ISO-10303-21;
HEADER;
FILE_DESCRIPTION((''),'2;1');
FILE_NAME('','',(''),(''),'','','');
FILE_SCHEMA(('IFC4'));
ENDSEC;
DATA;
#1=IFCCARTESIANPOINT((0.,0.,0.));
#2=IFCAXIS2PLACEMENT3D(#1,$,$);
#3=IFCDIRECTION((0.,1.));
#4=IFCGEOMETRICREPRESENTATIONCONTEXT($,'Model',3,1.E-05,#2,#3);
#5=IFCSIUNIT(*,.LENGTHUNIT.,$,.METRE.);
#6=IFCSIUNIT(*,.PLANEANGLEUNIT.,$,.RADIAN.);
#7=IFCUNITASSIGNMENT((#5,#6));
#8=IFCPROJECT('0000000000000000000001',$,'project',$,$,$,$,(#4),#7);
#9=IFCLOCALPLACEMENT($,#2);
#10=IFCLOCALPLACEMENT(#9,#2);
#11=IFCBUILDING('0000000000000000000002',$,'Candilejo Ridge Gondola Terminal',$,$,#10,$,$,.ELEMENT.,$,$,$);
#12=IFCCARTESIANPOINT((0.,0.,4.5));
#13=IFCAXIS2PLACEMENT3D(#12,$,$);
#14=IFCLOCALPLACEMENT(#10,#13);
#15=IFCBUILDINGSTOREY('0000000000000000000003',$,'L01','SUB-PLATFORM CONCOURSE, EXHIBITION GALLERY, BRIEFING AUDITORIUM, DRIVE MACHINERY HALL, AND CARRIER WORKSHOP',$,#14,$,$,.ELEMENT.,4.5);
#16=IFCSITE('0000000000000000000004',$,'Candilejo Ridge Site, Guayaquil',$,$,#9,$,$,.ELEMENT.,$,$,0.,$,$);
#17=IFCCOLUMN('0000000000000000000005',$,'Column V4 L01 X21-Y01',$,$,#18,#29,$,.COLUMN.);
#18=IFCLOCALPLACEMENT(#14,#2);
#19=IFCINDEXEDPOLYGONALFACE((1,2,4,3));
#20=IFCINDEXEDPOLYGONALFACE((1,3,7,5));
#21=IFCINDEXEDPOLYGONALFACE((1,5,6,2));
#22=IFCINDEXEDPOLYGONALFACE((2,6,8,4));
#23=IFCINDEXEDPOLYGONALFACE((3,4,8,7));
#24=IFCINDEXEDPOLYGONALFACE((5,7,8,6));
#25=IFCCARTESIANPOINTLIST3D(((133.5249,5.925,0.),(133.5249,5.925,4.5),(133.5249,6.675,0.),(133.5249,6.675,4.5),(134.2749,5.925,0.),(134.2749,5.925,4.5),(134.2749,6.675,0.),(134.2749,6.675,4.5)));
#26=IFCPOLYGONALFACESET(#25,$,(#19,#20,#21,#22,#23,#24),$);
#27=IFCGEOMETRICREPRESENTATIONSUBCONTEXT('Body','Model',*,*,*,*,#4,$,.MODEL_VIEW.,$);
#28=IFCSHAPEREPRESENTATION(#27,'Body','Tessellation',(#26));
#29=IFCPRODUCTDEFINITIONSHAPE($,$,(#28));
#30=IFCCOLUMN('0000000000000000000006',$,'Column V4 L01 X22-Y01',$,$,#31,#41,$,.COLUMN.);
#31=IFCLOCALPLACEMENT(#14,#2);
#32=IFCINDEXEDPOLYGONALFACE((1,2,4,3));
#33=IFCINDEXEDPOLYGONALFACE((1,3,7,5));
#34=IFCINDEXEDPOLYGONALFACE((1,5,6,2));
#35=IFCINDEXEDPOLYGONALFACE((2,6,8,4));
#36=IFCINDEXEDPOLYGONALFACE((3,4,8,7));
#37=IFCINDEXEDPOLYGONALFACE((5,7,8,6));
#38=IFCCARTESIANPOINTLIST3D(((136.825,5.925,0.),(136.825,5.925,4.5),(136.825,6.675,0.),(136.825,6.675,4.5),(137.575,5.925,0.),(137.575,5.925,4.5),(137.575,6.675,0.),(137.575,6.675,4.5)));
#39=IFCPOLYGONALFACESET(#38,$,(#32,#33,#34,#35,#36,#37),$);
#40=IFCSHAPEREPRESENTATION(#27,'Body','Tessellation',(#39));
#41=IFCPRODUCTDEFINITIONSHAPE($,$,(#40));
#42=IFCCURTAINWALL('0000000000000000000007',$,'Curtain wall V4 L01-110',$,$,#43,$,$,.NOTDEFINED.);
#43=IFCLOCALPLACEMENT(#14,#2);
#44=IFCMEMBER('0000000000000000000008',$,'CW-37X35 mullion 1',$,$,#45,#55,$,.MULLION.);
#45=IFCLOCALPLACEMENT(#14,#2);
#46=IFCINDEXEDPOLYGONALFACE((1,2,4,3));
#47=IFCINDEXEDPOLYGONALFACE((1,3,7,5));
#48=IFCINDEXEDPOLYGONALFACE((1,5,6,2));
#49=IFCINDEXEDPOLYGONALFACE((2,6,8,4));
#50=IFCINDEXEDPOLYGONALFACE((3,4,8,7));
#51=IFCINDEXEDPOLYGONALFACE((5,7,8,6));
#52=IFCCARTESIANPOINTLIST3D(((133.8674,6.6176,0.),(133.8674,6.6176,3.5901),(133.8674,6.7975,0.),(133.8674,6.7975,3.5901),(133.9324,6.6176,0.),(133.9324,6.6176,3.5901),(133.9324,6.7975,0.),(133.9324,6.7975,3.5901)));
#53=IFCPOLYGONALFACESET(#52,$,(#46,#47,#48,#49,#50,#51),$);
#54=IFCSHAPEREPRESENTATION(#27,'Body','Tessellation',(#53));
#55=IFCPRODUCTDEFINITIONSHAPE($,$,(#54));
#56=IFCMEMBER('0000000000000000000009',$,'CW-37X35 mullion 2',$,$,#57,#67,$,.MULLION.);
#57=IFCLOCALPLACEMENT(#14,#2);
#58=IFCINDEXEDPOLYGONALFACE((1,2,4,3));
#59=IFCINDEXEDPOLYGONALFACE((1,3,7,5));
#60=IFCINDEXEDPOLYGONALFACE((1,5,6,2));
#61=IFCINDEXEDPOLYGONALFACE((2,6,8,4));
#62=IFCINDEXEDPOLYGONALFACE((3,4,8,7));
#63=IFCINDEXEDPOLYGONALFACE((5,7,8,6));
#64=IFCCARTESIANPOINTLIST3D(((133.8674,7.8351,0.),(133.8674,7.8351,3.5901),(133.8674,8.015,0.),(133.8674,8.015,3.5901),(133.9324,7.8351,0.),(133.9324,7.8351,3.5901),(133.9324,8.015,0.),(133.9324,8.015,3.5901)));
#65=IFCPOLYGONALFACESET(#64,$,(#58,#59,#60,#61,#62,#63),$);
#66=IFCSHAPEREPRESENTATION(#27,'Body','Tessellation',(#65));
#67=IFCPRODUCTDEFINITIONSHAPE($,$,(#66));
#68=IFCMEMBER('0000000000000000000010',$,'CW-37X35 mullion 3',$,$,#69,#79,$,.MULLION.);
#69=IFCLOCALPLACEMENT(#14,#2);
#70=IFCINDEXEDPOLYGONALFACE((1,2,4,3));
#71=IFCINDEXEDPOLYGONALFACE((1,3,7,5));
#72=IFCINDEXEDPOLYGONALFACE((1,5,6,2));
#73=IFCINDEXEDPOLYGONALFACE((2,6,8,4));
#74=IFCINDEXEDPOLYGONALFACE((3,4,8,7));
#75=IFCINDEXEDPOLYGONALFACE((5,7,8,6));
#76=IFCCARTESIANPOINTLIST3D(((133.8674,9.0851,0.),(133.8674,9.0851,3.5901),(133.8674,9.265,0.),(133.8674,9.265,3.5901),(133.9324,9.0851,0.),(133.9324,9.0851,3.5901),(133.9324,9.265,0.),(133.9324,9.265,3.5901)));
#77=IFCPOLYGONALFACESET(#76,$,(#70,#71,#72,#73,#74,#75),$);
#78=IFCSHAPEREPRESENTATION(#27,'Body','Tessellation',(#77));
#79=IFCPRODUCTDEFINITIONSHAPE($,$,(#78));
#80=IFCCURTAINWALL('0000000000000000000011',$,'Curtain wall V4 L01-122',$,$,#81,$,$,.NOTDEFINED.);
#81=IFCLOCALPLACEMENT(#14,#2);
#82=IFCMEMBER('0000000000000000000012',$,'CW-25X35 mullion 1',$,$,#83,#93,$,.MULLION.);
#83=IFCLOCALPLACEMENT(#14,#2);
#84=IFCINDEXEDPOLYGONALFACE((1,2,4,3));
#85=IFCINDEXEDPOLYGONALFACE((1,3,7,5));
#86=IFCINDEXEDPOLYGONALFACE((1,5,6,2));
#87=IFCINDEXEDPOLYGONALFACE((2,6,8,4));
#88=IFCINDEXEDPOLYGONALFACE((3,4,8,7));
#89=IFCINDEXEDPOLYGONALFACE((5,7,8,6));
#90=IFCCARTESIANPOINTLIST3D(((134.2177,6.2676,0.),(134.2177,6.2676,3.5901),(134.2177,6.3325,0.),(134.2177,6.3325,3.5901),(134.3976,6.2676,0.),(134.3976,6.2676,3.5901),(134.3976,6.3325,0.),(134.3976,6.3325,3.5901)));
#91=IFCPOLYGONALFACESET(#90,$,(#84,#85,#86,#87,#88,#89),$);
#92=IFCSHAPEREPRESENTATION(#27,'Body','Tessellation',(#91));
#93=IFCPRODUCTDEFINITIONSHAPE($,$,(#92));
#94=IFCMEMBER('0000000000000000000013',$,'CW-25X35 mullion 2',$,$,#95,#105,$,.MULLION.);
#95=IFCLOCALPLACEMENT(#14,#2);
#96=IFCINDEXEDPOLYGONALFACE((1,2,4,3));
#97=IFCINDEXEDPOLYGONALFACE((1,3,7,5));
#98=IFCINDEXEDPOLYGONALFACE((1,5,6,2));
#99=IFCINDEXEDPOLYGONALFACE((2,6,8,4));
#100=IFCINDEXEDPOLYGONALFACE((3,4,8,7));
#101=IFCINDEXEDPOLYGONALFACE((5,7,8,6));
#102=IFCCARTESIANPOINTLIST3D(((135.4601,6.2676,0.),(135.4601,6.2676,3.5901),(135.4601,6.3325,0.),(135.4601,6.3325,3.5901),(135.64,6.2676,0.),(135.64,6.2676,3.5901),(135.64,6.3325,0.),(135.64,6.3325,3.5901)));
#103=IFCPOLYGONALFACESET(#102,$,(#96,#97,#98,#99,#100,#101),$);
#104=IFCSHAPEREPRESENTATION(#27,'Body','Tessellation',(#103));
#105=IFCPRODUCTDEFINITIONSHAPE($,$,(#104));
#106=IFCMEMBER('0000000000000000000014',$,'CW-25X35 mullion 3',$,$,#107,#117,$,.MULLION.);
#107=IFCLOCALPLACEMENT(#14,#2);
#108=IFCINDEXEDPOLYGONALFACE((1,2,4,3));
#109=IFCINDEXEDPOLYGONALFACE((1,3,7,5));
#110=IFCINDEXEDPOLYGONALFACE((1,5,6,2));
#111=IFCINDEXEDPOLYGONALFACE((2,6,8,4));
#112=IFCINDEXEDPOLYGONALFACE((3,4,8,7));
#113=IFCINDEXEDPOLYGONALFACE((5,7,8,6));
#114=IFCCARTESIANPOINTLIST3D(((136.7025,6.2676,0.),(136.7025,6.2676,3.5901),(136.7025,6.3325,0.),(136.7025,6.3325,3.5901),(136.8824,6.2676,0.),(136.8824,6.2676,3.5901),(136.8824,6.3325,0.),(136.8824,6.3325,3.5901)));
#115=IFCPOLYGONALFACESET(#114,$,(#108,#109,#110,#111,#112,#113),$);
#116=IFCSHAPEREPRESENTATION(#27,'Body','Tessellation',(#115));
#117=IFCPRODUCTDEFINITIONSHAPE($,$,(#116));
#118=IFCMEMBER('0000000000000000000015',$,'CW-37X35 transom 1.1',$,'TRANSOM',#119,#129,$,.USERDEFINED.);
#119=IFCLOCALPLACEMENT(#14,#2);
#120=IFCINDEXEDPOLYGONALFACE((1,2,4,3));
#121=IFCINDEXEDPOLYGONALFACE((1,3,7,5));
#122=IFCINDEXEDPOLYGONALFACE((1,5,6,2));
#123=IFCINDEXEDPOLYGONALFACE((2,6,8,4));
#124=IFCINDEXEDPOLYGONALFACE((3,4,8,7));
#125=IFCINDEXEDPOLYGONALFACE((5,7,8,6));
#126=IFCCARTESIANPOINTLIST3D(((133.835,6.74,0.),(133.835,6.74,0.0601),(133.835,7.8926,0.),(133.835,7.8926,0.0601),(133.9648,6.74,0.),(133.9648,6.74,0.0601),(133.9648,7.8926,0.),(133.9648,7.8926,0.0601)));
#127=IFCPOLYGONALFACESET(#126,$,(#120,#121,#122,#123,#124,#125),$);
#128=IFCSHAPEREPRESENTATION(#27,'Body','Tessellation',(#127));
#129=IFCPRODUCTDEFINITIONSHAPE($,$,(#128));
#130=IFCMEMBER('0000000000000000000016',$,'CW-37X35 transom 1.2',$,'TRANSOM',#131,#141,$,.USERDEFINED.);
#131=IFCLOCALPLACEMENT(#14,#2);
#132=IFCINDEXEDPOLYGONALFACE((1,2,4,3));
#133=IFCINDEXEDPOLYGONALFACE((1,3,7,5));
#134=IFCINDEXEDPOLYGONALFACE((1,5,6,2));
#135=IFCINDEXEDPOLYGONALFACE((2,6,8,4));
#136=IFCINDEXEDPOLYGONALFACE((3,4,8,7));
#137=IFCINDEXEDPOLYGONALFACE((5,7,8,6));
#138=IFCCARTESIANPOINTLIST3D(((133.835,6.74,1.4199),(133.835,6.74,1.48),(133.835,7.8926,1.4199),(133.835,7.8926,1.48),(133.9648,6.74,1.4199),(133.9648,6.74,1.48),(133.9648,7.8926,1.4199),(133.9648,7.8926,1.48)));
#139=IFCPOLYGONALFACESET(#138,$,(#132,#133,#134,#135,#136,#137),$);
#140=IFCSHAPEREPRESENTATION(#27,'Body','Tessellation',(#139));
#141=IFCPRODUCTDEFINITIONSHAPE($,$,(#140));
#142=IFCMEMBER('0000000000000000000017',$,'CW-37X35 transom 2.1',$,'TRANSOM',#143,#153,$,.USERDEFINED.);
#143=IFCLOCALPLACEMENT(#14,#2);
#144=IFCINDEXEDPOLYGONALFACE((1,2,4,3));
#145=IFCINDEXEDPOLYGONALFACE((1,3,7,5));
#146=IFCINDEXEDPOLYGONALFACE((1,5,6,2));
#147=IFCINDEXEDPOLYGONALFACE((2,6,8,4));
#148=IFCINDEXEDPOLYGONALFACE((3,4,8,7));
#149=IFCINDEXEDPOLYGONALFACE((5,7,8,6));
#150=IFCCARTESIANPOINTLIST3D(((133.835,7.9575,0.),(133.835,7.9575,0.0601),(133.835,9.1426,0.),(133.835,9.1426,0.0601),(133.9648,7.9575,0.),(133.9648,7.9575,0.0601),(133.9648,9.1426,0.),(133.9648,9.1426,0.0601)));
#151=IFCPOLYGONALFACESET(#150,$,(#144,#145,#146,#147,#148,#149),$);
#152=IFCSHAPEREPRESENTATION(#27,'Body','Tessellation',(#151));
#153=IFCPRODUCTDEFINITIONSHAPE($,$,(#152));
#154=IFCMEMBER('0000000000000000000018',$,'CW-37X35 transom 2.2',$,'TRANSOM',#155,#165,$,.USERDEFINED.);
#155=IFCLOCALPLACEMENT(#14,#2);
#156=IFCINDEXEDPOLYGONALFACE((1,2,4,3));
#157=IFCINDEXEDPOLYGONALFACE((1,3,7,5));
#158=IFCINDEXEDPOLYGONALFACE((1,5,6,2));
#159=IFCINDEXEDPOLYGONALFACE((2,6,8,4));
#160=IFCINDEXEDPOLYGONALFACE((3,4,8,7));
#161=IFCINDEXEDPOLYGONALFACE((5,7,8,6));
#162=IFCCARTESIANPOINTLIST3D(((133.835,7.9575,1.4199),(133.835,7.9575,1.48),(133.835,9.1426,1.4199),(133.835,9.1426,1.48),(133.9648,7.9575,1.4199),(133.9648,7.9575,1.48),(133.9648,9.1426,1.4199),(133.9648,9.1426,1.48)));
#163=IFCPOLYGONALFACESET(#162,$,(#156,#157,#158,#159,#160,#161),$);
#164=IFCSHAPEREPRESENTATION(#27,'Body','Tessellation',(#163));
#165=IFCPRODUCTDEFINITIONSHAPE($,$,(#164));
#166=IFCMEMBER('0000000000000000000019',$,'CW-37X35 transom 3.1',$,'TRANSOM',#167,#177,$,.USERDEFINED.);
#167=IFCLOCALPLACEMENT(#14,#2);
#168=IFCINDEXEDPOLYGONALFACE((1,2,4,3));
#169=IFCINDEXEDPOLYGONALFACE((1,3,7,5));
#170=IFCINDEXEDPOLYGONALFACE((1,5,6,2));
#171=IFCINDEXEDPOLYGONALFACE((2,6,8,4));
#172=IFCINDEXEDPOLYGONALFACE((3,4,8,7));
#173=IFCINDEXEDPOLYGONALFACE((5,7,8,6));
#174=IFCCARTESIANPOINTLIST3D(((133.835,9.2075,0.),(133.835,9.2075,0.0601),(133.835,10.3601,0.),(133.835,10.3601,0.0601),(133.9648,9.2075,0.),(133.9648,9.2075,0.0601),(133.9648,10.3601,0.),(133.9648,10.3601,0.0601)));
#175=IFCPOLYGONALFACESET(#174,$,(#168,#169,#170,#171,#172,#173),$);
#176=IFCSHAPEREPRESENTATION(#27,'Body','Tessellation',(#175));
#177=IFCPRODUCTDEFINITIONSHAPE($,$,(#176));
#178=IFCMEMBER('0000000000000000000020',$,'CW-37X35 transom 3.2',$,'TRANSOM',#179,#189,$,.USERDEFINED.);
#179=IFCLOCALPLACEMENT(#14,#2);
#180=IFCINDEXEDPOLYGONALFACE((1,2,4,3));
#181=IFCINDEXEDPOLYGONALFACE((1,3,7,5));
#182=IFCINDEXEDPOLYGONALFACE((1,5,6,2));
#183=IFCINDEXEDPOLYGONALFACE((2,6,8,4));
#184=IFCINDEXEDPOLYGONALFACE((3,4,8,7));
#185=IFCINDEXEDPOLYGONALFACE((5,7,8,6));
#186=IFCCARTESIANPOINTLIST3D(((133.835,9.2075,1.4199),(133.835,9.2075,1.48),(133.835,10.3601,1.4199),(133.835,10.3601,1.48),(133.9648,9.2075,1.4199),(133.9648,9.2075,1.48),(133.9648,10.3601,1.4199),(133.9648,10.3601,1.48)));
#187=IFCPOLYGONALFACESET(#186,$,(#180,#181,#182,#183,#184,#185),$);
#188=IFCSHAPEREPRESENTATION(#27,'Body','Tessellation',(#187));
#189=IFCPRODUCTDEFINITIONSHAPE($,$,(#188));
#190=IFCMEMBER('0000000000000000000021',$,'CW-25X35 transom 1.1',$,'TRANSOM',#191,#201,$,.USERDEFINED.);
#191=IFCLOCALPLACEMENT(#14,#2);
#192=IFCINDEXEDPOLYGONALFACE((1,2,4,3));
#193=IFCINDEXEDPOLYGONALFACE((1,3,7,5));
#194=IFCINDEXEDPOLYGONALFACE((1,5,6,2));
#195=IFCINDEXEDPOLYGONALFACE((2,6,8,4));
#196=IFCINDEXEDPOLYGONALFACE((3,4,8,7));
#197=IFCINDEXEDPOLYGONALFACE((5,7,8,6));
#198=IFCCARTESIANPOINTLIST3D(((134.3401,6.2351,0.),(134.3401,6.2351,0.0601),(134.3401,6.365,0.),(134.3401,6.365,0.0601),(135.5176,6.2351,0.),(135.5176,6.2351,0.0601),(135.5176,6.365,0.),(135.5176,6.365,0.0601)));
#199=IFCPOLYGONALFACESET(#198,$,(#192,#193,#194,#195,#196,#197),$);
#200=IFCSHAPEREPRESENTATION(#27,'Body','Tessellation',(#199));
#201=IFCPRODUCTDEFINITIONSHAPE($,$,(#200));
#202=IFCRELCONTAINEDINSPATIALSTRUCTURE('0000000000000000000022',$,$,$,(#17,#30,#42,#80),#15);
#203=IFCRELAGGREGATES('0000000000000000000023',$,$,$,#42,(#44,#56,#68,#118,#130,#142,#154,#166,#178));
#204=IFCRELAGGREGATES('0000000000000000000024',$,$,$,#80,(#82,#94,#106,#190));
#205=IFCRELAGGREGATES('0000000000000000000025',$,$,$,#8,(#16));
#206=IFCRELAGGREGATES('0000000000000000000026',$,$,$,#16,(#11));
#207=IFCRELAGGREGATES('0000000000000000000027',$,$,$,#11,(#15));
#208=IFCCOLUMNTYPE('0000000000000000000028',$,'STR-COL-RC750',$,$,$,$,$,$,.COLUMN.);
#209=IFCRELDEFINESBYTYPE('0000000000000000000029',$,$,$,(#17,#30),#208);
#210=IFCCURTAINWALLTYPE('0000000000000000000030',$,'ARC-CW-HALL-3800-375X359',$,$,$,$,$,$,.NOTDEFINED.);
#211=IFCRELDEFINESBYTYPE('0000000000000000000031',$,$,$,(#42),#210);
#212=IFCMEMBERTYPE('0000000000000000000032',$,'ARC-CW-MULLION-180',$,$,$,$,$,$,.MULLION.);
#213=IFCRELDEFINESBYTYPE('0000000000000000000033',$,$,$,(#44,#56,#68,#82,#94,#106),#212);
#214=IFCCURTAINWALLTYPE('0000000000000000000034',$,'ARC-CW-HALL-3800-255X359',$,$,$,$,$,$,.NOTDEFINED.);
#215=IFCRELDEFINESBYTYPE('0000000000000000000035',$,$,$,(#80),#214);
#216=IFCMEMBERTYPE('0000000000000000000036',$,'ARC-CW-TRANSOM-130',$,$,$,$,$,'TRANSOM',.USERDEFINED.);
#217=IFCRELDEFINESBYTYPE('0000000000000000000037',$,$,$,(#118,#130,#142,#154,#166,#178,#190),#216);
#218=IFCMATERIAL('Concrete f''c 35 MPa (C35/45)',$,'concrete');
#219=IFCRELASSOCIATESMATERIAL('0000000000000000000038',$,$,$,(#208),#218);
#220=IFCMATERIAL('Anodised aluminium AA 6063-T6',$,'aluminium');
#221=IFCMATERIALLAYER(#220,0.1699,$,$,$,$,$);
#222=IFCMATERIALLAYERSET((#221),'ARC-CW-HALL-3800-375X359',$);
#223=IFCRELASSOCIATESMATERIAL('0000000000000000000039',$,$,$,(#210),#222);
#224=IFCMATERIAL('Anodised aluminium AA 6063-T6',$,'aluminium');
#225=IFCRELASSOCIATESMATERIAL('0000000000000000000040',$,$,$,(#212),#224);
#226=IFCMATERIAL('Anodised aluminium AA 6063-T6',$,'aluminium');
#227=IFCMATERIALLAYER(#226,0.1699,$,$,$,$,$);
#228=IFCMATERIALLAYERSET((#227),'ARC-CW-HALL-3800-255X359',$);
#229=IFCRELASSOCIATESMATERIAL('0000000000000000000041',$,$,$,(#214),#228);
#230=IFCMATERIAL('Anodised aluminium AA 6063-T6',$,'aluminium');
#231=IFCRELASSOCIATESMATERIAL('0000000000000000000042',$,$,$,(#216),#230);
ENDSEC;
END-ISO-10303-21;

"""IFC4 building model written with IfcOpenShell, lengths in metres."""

from ifc_helpers import new_model, si_unit, direction, frame, origin, origin_2d, place, context, subcontext, project, spatial, rectangle, extrude, material, layer, layer_set, material_profile, profile_set, type_object, element, aggregate, save


model = new_model("IFC4")

# Units and contexts
model_context = context("Model", 3, precision=1e-05, world=origin(), true_north=direction((0.0, 1.0)))
body_context = subcontext(model_context, "Body", "Model", "MODEL_VIEW")
ifc_project = project(units=[si_unit("LENGTHUNIT", "METRE"), si_unit("PLANEANGLEUNIT", "RADIAN")], contexts=[model_context])

# Site, building, storey
site_placement = place(None, origin())
site = spatial("IfcSite", under=ifc_project, at=site_placement, Name="Candilejo Ridge Site, Guayaquil", CompositionType="ELEMENT", RefElevation=0.0)
building_placement = place(site_placement, origin())
building = spatial("IfcBuilding", under=site, at=building_placement, Name="Candilejo Ridge Gondola Terminal", CompositionType="ELEMENT")
storey_placement = place(building_placement, frame((0.0, 0.0, 4.5)))
storey = spatial("IfcBuildingStorey", under=building, at=storey_placement, Name="L01", Description="SUB-PLATFORM CONCOURSE, EXHIBITION GALLERY, BRIEFING AUDITORIUM, DRIVE MACHINERY HALL, AND CARRIER WORKSHOP", CompositionType="ELEMENT", Elevation=4.5)

# Columns
ifc_material_1 = material(Name="Concrete f'c 35 MPa (C35/45)", Category="concrete")
ifc_material_profile_1 = material_profile(ifc_material_1, rectangle(XDim=0.75, YDim=0.75, at=origin_2d()))
ifc_profile_set_1 = profile_set([ifc_material_profile_1], Name="Concrete f'c 35 MPa (C35/45)")
column_type = type_object("IfcColumnType", Name="STR-COL-RC750", PredefinedType="COLUMN", material=ifc_profile_set_1)
for number, where, z_axis, x_axis, name in (
    (1, (133.8999, 6.3, 0.0), (0.0, 0.0, 1.0), (1.0, 0.0, 0.0), "Column V4 L01 X21-Y01"),
    (2, (137.2, 6.3, 0.0), (0.0, 0.0, 1.0), (1.0, 0.0, 0.0), "Column V4 L01 X22-Y01"),
):
    element("IfcColumn", number, at=place(storey_placement, frame(where, z_axis=z_axis, x_axis=x_axis)), inside=storey, type_object=column_type, Name=name, PredefinedType="COLUMN", context=body_context, shape_type="SweptSolid", body=[
        extrude(rectangle(XDim=0.75, YDim=0.75, at=origin_2d()), origin(), (0.0, 0.0, 1.0), 4.5),
    ])

# Curtain walls, members
ifc_material_2 = material(Name="Anodised aluminium AA 6063-T6", Category="aluminium")
ifc_layer_1 = layer(ifc_material_2, 0.1699)
ifc_layer_set_1 = layer_set([ifc_layer_1], Name="ARC-CW-HALL-3800-375X359")
curtain_wall_type_1 = type_object("IfcCurtainWallType", Name="ARC-CW-HALL-3800-375X359", PredefinedType="NOTDEFINED", material=ifc_layer_set_1)
curtain_wall_1_placement = place(storey_placement, origin())
curtain_wall_1 = element("IfcCurtainWall", 3, at=curtain_wall_1_placement, inside=storey, type_object=curtain_wall_type_1, Name="Curtain wall V4 L01-110", PredefinedType="NOTDEFINED")
ifc_material_3 = material(Name="Anodised aluminium AA 6063-T6", Category="aluminium")
ifc_material_profile_2 = material_profile(ifc_material_3, rectangle(XDim=0.0649, YDim=0.1799, at=origin_2d()))
ifc_profile_set_2 = profile_set([ifc_material_profile_2], Name="Anodised aluminium AA 6063-T6")
member_type_1 = type_object("IfcMemberType", Name="ARC-CW-MULLION-180", PredefinedType="MULLION", material=ifc_profile_set_2)
member_1_placement = place(storey_placement, frame((133.8999, 6.7075, 0.0), z_axis=(0.0, 0.0, 1.0), x_axis=(-1.0, 0.0, 0.0)))
member_1 = element("IfcMember", 4, at=member_1_placement, type_object=member_type_1, Name="CW-37X35 mullion 1", PredefinedType="MULLION", context=body_context, shape_type="SweptSolid", body=[
    extrude(rectangle(XDim=0.0649, YDim=0.1799, at=origin_2d()), origin(), (0.0, 0.0, 1.0), 3.5901),
])
member_2_placement = place(storey_placement, frame((133.8999, 7.925, 0.0), z_axis=(0.0, 0.0, 1.0), x_axis=(-1.0, 0.0, 0.0)))
member_2 = element("IfcMember", 5, at=member_2_placement, type_object=member_type_1, Name="CW-37X35 mullion 2", PredefinedType="MULLION", context=body_context, shape_type="SweptSolid", body=[
    extrude(rectangle(XDim=0.0649, YDim=0.1799, at=origin_2d()), origin(), (0.0, 0.0, 1.0), 3.5901),
])
member_3_placement = place(storey_placement, frame((133.8999, 9.175, 0.0), z_axis=(0.0, 0.0, 1.0), x_axis=(-1.0, 0.0, 0.0)))
member_3 = element("IfcMember", 6, at=member_3_placement, type_object=member_type_1, Name="CW-37X35 mullion 3", PredefinedType="MULLION", context=body_context, shape_type="SweptSolid", body=[
    extrude(rectangle(XDim=0.0649, YDim=0.1799, at=origin_2d()), origin(), (0.0, 0.0, 1.0), 3.5901),
])
ifc_material_4 = material(Name="Anodised aluminium AA 6063-T6", Category="aluminium")
ifc_layer_2 = layer(ifc_material_4, 0.1699)
ifc_layer_set_2 = layer_set([ifc_layer_2], Name="ARC-CW-HALL-3800-255X359")
curtain_wall_type_2 = type_object("IfcCurtainWallType", Name="ARC-CW-HALL-3800-255X359", PredefinedType="NOTDEFINED", material=ifc_layer_set_2)
curtain_wall_2_placement = place(storey_placement, origin())
curtain_wall_2 = element("IfcCurtainWall", 7, at=curtain_wall_2_placement, inside=storey, type_object=curtain_wall_type_2, Name="Curtain wall V4 L01-122", PredefinedType="NOTDEFINED")
member_4_placement = place(storey_placement, frame((134.3076, 6.3, 0.0), z_axis=(0.0, 0.0, 1.0), x_axis=(0.0, 1.0, 0.0)))
member_4 = element("IfcMember", 8, at=member_4_placement, type_object=member_type_1, Name="CW-25X35 mullion 1", PredefinedType="MULLION", context=body_context, shape_type="SweptSolid", body=[
    extrude(rectangle(XDim=0.0649, YDim=0.1799, at=origin_2d()), origin(), (0.0, 0.0, 1.0), 3.5901),
])
member_5_placement = place(storey_placement, frame((135.55, 6.3, 0.0), z_axis=(0.0, 0.0, 1.0), x_axis=(0.0, 1.0, 0.0)))
member_5 = element("IfcMember", 9, at=member_5_placement, type_object=member_type_1, Name="CW-25X35 mullion 2", PredefinedType="MULLION", context=body_context, shape_type="SweptSolid", body=[
    extrude(rectangle(XDim=0.0649, YDim=0.1799, at=origin_2d()), origin(), (0.0, 0.0, 1.0), 3.5901),
])
member_6_placement = place(storey_placement, frame((136.7925, 6.3, 0.0), z_axis=(0.0, 0.0, 1.0), x_axis=(0.0, 1.0, 0.0)))
member_6 = element("IfcMember", 10, at=member_6_placement, type_object=member_type_1, Name="CW-25X35 mullion 3", PredefinedType="MULLION", context=body_context, shape_type="SweptSolid", body=[
    extrude(rectangle(XDim=0.0649, YDim=0.1799, at=origin_2d()), origin(), (0.0, 0.0, 1.0), 3.5901),
])

# Members
ifc_material_5 = material(Name="Anodised aluminium AA 6063-T6", Category="aluminium")
ifc_material_profile_3 = material_profile(ifc_material_5, rectangle(XDim=0.1299, YDim=0.0601, at=origin_2d()))
ifc_profile_set_3 = profile_set([ifc_material_profile_3], Name="Anodised aluminium AA 6063-T6")
member_type_2 = type_object("IfcMemberType", Name="ARC-CW-TRANSOM-130", ElementType="TRANSOM", PredefinedType="USERDEFINED", material=ifc_profile_set_3)
member_7_placement = place(storey_placement, frame((133.8999, 6.74, 0.03), z_axis=(0.0, 1.0, 0.0), x_axis=(-1.0, 0.0, 0.0)))
member_7 = element("IfcMember", 11, at=member_7_placement, type_object=member_type_2, Name="CW-37X35 transom 1.1", ObjectType="TRANSOM", PredefinedType="USERDEFINED", context=body_context, shape_type="SweptSolid", body=[
    extrude(rectangle(XDim=0.1299, YDim=0.0601, at=origin_2d()), origin(), (0.0, 0.0, 1.0), 1.1526),
])
member_8_placement = place(storey_placement, frame((133.8999, 6.74, 1.45), z_axis=(0.0, 1.0, 0.0), x_axis=(-1.0, 0.0, 0.0)))
member_8 = element("IfcMember", 12, at=member_8_placement, type_object=member_type_2, Name="CW-37X35 transom 1.2", ObjectType="TRANSOM", PredefinedType="USERDEFINED", context=body_context, shape_type="SweptSolid", body=[
    extrude(rectangle(XDim=0.1299, YDim=0.0601, at=origin_2d()), origin(), (0.0, 0.0, 1.0), 1.1526),
])
member_9_placement = place(storey_placement, frame((133.8999, 7.9575, 0.03), z_axis=(0.0, 1.0, 0.0), x_axis=(-1.0, 0.0, 0.0)))
member_9 = element("IfcMember", 13, at=member_9_placement, type_object=member_type_2, Name="CW-37X35 transom 2.1", ObjectType="TRANSOM", PredefinedType="USERDEFINED", context=body_context, shape_type="SweptSolid", body=[
    extrude(rectangle(XDim=0.1299, YDim=0.0601, at=origin_2d()), origin(), (0.0, 0.0, 1.0), 1.1851),
])
member_10_placement = place(storey_placement, frame((133.8999, 7.9575, 1.45), z_axis=(0.0, 1.0, 0.0), x_axis=(-1.0, 0.0, 0.0)))
member_10 = element("IfcMember", 14, at=member_10_placement, type_object=member_type_2, Name="CW-37X35 transom 2.2", ObjectType="TRANSOM", PredefinedType="USERDEFINED", context=body_context, shape_type="SweptSolid", body=[
    extrude(rectangle(XDim=0.1299, YDim=0.0601, at=origin_2d()), origin(), (0.0, 0.0, 1.0), 1.1851),
])
member_11_placement = place(storey_placement, frame((133.8999, 9.2075, 0.03), z_axis=(0.0, 1.0, 0.0), x_axis=(-1.0, 0.0, 0.0)))
member_11 = element("IfcMember", 15, at=member_11_placement, type_object=member_type_2, Name="CW-37X35 transom 3.1", ObjectType="TRANSOM", PredefinedType="USERDEFINED", context=body_context, shape_type="SweptSolid", body=[
    extrude(rectangle(XDim=0.1299, YDim=0.0601, at=origin_2d()), origin(), (0.0, 0.0, 1.0), 1.1526),
])
member_12_placement = place(storey_placement, frame((133.8999, 9.2075, 1.45), z_axis=(0.0, 1.0, 0.0), x_axis=(-1.0, 0.0, 0.0)))
member_12 = element("IfcMember", 16, at=member_12_placement, type_object=member_type_2, Name="CW-37X35 transom 3.2", ObjectType="TRANSOM", PredefinedType="USERDEFINED", context=body_context, shape_type="SweptSolid", body=[
    extrude(rectangle(XDim=0.1299, YDim=0.0601, at=origin_2d()), origin(), (0.0, 0.0, 1.0), 1.1526),
])
member_13_placement = place(storey_placement, frame((134.3401, 6.3, 0.03), z_axis=(1.0, 0.0, 0.0), x_axis=(0.0, 1.0, 0.0)))
member_13 = element("IfcMember", 17, at=member_13_placement, type_object=member_type_2, Name="CW-25X35 transom 1.1", ObjectType="TRANSOM", PredefinedType="USERDEFINED", context=body_context, shape_type="SweptSolid", body=[
    extrude(rectangle(XDim=0.1299, YDim=0.0601, at=origin_2d()), origin(), (0.0, 0.0, 1.0), 1.1775),
])

aggregate(curtain_wall_1, [member_1, member_2, member_3, member_7, member_8, member_9, member_10, member_11, member_12])
aggregate(curtain_wall_2, [member_4, member_5, member_6, member_13])

save(model, "model.ifc")
